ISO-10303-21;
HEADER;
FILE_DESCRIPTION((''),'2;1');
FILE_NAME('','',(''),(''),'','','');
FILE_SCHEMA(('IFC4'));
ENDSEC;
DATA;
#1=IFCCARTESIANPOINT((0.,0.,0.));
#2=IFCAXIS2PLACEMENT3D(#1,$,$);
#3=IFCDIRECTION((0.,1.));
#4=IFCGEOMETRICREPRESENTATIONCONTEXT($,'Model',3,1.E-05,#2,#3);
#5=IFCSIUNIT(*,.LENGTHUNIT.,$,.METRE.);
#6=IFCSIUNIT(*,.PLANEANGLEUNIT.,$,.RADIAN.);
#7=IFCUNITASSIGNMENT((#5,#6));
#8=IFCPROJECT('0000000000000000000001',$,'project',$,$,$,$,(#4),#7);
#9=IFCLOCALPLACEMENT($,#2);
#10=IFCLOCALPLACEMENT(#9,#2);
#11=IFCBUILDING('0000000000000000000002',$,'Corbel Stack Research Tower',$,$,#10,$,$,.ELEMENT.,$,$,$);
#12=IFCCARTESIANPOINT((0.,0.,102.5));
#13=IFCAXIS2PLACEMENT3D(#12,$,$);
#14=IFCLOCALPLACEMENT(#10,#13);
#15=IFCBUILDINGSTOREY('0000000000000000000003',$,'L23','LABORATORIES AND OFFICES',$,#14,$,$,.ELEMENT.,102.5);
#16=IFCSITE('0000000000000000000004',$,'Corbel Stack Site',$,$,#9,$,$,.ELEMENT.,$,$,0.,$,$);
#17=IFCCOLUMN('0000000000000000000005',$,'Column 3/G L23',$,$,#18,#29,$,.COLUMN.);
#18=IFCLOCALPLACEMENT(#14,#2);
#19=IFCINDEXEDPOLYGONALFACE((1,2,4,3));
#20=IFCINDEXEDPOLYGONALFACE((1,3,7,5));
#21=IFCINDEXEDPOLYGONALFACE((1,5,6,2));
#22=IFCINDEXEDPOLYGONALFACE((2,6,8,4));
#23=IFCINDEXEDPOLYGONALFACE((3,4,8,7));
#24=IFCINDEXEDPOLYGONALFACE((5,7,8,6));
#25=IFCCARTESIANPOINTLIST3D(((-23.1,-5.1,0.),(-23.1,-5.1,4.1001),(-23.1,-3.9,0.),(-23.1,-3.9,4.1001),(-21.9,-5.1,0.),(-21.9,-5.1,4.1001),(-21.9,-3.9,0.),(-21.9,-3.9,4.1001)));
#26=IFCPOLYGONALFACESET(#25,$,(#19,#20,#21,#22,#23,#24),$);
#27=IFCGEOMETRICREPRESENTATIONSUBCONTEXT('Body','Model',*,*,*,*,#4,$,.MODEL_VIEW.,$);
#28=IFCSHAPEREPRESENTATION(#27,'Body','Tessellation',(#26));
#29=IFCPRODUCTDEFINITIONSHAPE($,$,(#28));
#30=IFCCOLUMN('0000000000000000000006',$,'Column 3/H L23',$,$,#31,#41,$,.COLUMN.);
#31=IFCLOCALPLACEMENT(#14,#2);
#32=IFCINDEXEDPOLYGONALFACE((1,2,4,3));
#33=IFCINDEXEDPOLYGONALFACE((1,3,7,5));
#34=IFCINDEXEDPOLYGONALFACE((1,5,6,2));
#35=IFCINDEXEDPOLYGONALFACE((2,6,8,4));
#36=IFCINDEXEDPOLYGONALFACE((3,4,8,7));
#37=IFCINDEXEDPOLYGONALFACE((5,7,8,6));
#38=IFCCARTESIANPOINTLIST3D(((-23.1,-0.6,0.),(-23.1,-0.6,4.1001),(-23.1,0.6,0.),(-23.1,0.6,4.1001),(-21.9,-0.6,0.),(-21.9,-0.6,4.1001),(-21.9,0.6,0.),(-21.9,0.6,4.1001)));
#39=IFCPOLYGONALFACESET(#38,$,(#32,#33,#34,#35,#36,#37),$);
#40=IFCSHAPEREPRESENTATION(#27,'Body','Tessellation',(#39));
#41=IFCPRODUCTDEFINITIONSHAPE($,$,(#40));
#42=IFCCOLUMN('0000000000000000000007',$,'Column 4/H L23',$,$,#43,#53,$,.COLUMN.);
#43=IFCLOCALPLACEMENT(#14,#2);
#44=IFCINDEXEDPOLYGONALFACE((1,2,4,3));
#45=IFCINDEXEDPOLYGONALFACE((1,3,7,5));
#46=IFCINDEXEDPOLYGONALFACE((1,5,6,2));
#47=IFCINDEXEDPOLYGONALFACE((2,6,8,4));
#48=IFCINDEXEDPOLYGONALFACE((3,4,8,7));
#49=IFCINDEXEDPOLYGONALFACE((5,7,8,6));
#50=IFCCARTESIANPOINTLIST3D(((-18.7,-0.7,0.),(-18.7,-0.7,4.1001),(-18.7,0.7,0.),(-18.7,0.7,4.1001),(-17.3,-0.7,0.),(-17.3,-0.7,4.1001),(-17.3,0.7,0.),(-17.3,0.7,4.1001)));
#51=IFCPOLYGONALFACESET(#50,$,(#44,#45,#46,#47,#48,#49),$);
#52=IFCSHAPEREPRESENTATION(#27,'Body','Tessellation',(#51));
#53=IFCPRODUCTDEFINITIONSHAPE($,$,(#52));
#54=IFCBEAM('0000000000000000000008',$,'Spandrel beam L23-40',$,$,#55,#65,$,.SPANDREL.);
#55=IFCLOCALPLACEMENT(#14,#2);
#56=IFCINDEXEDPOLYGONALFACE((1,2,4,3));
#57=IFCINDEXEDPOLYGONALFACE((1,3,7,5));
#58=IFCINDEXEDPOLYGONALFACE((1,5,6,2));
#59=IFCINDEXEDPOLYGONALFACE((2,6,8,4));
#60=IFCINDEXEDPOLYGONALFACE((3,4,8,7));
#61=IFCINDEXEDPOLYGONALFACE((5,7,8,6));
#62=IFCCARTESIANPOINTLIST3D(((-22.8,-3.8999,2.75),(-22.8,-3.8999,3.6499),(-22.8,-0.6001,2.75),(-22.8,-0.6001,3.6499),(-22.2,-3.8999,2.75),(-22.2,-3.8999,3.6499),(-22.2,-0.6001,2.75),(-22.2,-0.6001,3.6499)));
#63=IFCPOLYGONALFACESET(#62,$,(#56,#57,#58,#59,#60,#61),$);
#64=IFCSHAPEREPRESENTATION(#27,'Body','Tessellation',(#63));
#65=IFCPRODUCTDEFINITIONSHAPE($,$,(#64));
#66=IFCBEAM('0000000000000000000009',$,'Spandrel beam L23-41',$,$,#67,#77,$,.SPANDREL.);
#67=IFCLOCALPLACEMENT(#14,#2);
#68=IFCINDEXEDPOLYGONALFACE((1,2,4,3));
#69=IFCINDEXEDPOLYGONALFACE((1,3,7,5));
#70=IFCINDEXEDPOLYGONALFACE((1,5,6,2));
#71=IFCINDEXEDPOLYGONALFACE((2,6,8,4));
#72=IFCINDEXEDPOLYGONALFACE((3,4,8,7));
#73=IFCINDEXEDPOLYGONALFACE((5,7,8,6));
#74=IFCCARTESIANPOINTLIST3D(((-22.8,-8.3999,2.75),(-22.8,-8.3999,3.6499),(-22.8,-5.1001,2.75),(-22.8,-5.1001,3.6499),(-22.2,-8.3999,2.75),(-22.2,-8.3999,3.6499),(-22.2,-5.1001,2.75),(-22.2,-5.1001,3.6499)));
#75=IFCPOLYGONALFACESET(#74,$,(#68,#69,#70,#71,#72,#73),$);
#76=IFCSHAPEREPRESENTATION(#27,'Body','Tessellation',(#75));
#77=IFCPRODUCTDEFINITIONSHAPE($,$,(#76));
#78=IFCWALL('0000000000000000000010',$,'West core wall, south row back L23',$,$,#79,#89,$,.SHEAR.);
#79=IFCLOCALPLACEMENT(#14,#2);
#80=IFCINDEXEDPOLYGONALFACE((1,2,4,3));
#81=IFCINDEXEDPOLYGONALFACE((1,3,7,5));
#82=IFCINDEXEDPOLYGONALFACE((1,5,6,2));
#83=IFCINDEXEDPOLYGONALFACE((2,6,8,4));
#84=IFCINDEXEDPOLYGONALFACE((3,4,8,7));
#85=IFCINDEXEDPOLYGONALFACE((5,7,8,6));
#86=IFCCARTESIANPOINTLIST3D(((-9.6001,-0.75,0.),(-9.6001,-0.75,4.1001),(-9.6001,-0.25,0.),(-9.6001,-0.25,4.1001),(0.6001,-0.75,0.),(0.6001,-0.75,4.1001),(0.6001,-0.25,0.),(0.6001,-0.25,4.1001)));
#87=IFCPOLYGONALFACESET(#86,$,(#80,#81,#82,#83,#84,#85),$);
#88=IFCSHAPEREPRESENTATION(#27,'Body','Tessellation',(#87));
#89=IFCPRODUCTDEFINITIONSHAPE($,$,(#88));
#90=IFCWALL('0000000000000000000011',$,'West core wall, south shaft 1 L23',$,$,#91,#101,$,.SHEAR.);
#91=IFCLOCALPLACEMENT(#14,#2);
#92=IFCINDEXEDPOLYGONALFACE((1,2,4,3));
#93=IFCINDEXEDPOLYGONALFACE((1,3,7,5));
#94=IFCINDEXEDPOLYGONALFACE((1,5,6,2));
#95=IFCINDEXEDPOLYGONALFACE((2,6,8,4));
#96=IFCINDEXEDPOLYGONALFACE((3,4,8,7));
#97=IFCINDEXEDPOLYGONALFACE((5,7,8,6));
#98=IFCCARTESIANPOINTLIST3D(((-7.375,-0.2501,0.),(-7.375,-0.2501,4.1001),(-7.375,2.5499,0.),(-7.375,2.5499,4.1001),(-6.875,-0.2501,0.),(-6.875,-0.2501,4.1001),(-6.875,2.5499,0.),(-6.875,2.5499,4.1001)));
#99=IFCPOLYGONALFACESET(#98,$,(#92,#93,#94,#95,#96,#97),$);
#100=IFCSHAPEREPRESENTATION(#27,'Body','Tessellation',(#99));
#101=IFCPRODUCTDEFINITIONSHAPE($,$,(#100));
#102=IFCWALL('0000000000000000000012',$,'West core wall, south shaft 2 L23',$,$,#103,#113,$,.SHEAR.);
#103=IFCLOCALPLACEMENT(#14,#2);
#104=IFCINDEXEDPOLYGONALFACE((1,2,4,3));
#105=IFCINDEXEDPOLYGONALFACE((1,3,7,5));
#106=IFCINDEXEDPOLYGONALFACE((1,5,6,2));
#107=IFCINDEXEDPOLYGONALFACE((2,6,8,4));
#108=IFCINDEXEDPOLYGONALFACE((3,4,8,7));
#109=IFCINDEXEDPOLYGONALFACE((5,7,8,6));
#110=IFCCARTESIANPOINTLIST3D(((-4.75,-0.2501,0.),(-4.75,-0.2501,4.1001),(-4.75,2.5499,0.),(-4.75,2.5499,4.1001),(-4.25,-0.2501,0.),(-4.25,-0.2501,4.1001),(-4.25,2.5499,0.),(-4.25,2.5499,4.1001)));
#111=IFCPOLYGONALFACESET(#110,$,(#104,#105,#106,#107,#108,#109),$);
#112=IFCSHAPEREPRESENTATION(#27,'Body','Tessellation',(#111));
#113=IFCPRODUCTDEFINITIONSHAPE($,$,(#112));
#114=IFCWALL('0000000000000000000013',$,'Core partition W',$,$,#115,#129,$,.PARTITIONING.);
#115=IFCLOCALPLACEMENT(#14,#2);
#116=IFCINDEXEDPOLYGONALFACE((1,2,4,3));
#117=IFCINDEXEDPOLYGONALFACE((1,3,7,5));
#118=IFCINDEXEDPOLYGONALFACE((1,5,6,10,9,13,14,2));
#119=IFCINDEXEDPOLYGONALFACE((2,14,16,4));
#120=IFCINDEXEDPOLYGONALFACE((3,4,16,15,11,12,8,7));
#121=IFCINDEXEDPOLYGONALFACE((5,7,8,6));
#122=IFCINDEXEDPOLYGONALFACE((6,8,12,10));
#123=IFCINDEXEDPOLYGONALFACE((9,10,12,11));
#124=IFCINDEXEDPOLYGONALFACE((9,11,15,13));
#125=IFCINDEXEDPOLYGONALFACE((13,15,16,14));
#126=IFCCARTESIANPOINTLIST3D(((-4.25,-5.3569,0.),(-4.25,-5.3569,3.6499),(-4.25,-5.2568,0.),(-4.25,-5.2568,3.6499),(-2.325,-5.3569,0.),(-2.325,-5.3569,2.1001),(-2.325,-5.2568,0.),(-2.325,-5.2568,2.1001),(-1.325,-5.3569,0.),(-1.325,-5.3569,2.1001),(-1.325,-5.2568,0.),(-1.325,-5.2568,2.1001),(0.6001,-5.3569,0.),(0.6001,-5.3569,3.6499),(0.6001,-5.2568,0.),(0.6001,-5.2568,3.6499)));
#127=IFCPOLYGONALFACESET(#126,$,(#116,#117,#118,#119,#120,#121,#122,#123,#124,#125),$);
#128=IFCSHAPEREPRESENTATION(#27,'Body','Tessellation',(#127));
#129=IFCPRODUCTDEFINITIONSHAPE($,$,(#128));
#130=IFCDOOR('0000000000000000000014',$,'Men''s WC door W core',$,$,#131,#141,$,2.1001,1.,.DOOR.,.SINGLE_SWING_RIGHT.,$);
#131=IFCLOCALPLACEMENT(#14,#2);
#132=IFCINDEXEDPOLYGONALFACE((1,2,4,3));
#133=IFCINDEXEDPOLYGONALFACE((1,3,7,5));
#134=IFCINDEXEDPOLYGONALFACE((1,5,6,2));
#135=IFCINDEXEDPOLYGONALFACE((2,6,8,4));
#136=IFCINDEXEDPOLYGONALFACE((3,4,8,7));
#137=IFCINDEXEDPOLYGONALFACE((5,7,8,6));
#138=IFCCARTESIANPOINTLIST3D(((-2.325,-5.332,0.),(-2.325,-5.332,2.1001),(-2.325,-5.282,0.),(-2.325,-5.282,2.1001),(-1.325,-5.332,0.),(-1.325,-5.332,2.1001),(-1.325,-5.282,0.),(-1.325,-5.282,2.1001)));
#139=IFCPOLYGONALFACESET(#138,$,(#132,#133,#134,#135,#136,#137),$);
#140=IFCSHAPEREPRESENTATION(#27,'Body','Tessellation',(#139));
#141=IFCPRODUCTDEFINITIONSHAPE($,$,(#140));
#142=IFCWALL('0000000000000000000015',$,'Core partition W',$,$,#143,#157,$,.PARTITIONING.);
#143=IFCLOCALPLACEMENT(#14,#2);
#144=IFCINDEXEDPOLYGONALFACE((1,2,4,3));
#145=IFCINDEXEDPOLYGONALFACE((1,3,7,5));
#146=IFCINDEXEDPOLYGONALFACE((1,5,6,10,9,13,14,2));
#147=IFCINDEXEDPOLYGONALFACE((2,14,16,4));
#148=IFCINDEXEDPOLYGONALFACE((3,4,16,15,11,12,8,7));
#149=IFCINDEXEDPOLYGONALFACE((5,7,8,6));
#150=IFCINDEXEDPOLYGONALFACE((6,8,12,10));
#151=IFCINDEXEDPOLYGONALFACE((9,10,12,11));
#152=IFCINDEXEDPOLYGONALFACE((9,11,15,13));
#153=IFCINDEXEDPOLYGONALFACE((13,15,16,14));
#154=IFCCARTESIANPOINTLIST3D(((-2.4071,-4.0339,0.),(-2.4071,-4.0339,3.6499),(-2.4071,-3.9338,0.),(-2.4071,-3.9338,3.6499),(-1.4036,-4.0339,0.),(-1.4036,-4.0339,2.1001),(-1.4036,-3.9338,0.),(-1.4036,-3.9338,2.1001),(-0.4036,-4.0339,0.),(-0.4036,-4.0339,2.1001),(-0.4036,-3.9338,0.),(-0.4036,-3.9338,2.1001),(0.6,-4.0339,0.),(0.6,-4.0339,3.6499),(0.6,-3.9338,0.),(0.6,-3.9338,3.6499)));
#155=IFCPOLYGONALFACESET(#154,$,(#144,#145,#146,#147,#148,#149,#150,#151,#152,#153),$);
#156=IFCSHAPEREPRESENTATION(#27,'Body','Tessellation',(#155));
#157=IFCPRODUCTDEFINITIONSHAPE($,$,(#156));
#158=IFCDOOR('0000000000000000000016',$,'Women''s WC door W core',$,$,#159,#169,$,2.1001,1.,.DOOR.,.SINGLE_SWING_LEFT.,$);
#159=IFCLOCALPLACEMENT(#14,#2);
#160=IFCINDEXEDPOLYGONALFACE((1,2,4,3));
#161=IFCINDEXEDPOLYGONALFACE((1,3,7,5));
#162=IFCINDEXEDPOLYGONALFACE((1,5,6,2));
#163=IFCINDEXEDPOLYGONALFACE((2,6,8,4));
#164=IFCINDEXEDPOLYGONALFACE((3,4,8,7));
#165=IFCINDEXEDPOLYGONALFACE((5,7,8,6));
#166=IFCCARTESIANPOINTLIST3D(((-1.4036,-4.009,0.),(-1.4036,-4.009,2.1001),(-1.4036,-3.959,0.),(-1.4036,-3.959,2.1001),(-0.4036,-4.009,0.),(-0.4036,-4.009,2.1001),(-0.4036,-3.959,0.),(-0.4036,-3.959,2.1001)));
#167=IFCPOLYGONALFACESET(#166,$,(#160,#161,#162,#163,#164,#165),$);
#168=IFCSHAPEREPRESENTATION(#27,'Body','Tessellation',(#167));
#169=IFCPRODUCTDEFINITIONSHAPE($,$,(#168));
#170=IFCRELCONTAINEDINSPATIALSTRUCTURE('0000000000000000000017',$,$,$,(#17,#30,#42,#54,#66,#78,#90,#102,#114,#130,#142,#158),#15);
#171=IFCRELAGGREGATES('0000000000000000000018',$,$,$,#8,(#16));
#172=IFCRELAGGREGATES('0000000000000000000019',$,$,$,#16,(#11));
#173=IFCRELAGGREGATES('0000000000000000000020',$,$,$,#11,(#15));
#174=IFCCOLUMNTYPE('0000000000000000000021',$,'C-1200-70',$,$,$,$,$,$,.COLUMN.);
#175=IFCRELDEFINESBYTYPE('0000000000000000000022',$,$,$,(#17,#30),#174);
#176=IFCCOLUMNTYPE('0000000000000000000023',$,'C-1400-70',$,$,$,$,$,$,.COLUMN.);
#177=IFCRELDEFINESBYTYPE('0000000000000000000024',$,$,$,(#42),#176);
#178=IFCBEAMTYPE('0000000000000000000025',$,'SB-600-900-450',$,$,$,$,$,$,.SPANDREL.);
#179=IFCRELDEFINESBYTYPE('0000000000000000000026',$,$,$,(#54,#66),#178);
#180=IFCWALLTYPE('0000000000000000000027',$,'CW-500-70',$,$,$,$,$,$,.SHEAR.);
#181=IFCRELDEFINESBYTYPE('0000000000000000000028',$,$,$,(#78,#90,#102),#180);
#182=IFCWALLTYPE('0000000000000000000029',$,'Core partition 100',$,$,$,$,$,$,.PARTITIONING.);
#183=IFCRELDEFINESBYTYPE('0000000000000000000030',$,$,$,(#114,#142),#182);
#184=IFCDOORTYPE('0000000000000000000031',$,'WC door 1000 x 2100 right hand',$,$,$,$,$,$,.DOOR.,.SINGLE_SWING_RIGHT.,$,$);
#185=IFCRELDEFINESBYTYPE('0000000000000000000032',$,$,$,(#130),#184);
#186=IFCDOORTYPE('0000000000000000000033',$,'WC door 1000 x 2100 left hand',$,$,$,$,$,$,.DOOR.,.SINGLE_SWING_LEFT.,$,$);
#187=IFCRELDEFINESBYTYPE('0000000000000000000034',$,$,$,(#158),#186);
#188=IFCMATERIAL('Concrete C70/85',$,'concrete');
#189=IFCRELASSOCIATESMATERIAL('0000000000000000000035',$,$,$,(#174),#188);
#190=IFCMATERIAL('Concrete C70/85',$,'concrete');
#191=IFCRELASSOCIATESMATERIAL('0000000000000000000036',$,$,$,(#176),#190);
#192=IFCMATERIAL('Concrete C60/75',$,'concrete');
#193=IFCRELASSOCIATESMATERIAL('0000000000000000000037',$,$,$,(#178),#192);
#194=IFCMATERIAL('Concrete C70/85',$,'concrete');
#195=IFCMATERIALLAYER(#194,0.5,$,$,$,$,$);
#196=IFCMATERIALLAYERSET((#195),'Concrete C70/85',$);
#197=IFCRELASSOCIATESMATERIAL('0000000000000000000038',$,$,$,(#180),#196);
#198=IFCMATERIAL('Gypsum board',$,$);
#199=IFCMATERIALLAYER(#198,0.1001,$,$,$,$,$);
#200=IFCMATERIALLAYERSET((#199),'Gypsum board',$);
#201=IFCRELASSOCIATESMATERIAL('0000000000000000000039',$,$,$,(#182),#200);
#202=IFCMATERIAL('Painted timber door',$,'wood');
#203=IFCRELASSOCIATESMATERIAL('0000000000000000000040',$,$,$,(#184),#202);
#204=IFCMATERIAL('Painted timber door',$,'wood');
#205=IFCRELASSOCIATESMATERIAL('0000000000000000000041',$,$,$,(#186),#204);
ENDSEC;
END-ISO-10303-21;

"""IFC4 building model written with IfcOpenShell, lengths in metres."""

from ifc_helpers import new_model, si_unit, direction, frame, frame_2d, origin, origin_2d, place, context, subcontext, project, spatial, rectangle, extrude, material, layer, layer_set, material_profile, profile_set, type_object, element, fill, save


model = new_model("IFC4")

# Units and contexts
model_context = context("Model", 3, precision=1e-05, world=origin(), true_north=direction((0.0, 1.0)))
body_context = subcontext(model_context, "Body", "Model", "MODEL_VIEW")
ifc_project = project(units=[si_unit("LENGTHUNIT", "METRE"), si_unit("PLANEANGLEUNIT", "RADIAN")], contexts=[model_context])

# Site, building, storey
site_placement = place(None, origin())
site = spatial("IfcSite", under=ifc_project, at=site_placement, Name="Corbel Stack Site", CompositionType="ELEMENT", RefElevation=0.0)
building_placement = place(site_placement, origin())
building = spatial("IfcBuilding", under=site, at=building_placement, Name="Corbel Stack Research Tower", CompositionType="ELEMENT")
storey_placement = place(building_placement, frame((0.0, 0.0, 102.5)))
storey = spatial("IfcBuildingStorey", under=building, at=storey_placement, Name="L23", Description="LABORATORIES AND OFFICES", CompositionType="ELEMENT", Elevation=102.5)

# Columns
ifc_material_1 = material(Name="Concrete C70/85", Category="concrete")
ifc_material_profile_1 = material_profile(ifc_material_1, rectangle(XDim=1.2, YDim=1.2, at=origin_2d()), Name="RC 1200 x 1200")
ifc_profile_set_1 = profile_set([ifc_material_profile_1], Name="Concrete C70/85")
column_type_1 = type_object("IfcColumnType", Name="C-1200-70", PredefinedType="COLUMN", material=ifc_profile_set_1)
for number, where, z_axis, x_axis, name in (
    (1, (-22.5, -4.5, 0.0), (0.0, 0.0, 1.0), (1.0, 0.0, 0.0), "Column 3/G L23"),
    (2, (-22.5, 0.0, 0.0), (0.0, 0.0, 1.0), (1.0, 0.0, 0.0), "Column 3/H L23"),
):
    element("IfcColumn", number, at=place(storey_placement, frame(where, z_axis=z_axis, x_axis=x_axis)), inside=storey, type_object=column_type_1, Name=name, PredefinedType="COLUMN", context=body_context, shape_type="SweptSolid", body=[
        extrude(rectangle(XDim=1.2, YDim=1.2, at=origin_2d()), origin(), (0.0, 0.0, 1.0), 4.1001),
    ])
ifc_material_2 = material(Name="Concrete C70/85", Category="concrete")
ifc_material_profile_2 = material_profile(ifc_material_2, rectangle(XDim=1.3999, YDim=1.3999, at=origin_2d()), Name="RC 1400 x 1400")
ifc_profile_set_2 = profile_set([ifc_material_profile_2], Name="Concrete C70/85")
column_type_2 = type_object("IfcColumnType", Name="C-1400-70", PredefinedType="COLUMN", material=ifc_profile_set_2)
column_placement = place(storey_placement, frame((-18.0, 0.0, 0.0), z_axis=(0.0, 0.0, 1.0), x_axis=(1.0, 0.0, 0.0)))
element("IfcColumn", 3, at=column_placement, inside=storey, type_object=column_type_2, Name="Column 4/H L23", PredefinedType="COLUMN", context=body_context, shape_type="SweptSolid", body=[
    extrude(rectangle(XDim=1.3999, YDim=1.3999, at=origin_2d()), origin(), (0.0, 0.0, 1.0), 4.1001),
])

# Beams
ifc_material_3 = material(Name="Concrete C60/75", Category="concrete")
ifc_material_profile_3 = material_profile(ifc_material_3, rectangle(XDim=0.6001, YDim=0.8999, at=origin_2d()), Name="RC 600 x 900")
ifc_profile_set_3 = profile_set([ifc_material_profile_3], Name="Concrete C60/75")
beam_type = type_object("IfcBeamType", Name="SB-600-900-450", PredefinedType="SPANDREL", material=ifc_profile_set_3)
for number, where, z_axis, x_axis, name in (
    (4, (-22.5, -0.6001, 3.2), (0.0, -1.0, 0.0), (1.0, 0.0, 0.0), "Spandrel beam L23-40"),
    (5, (-22.5, -5.1001, 3.2), (0.0, -1.0, 0.0), (1.0, 0.0, 0.0), "Spandrel beam L23-41"),
):
    element("IfcBeam", number, at=place(storey_placement, frame(where, z_axis=z_axis, x_axis=x_axis)), inside=storey, type_object=beam_type, Name=name, PredefinedType="SPANDREL", context=body_context, shape_type="SweptSolid", body=[
        extrude(rectangle(XDim=0.6001, YDim=0.8999, at=origin_2d()), origin(), (0.0, 0.0, 1.0), 3.2998),
    ])

# Walls
ifc_material_4 = material(Name="Concrete C70/85", Category="concrete")
ifc_layer_1 = layer(ifc_material_4, 0.5)
ifc_layer_set_1 = layer_set([ifc_layer_1], Name="Concrete C70/85")
wall_type_1 = type_object("IfcWallType", Name="CW-500-70", PredefinedType="SHEAR", material=ifc_layer_set_1)
wall_1_placement = place(storey_placement, frame((-9.6001, -0.5, 0.0), z_axis=(0.0, 0.0, 1.0), x_axis=(1.0, 0.0, 0.0)))
element("IfcWall", 6, at=wall_1_placement, inside=storey, type_object=wall_type_1, Name="West core wall, south row back L23", PredefinedType="SHEAR", context=body_context, shape_type="SweptSolid", body=[
    extrude(rectangle(XDim=10.2002, YDim=0.5, at=frame_2d((5.1001, 0.0))), origin(), (0.0, 0.0, 1.0), 4.1001),
])
for number, where, z_axis, x_axis, name in (
    (7, (-7.125, -0.25, 0.0), (0.0, 0.0, 1.0), (0.0, 1.0, 0.0), "West core wall, south shaft 1 L23"),
    (8, (-4.5, -0.25, 0.0), (0.0, 0.0, 1.0), (0.0, 1.0, 0.0), "West core wall, south shaft 2 L23"),
):
    element("IfcWall", number, at=place(storey_placement, frame(where, z_axis=z_axis, x_axis=x_axis)), inside=storey, type_object=wall_type_1, Name=name, PredefinedType="SHEAR", context=body_context, shape_type="SweptSolid", body=[
        extrude(rectangle(XDim=2.8, YDim=0.5, at=frame_2d((1.3999, 0.0))), origin(), (0.0, 0.0, 1.0), 4.1001),
    ])

# Walls, openings, doors
ifc_material_5 = material(Name="Gypsum board")
ifc_layer_2 = layer(ifc_material_5, 0.1001)
ifc_layer_set_2 = layer_set([ifc_layer_2], Name="Gypsum board")
wall_type_2 = type_object("IfcWallType", Name="Core partition 100", PredefinedType="PARTITIONING", material=ifc_layer_set_2)
wall_2_placement = place(storey_placement, frame((-4.25, -5.3069, 0.0), z_axis=(0.0, 0.0, 1.0), x_axis=(1.0, 0.0, 0.0)))
wall_2 = element("IfcWall", 9, at=wall_2_placement, inside=storey, type_object=wall_type_2, Name="Core partition W", PredefinedType="PARTITIONING", context=body_context, shape_type="SweptSolid", body=[
    extrude(rectangle(XDim=4.8501, YDim=0.1001, at=frame_2d((2.425, 0.0))), origin(), (0.0, 0.0, 1.0), 3.6499),
])
opening_1_placement = place(wall_2_placement, frame((1.925, 0.0, 0.0)))
opening_1 = element("IfcOpeningElement", 10, at=opening_1_placement, cuts=wall_2, PredefinedType="OPENING", context=body_context, shape_type="SweptSolid", body=[
    extrude(rectangle(XDim=1.0, YDim=2.1001, at=frame_2d((0.5, 1.05))), frame((0.0, 0.0601, 0.0), z_axis=(0.0, -1.0, 0.0), x_axis=(1.0, 0.0, 0.0)), (0.0, 0.0, 1.0), 0.1201),
])
ifc_material_6 = material(Name="Painted timber door", Category="wood")
door_type_1 = type_object("IfcDoorType", Name="WC door 1000 x 2100 right hand", OperationType="SINGLE_SWING_RIGHT", PredefinedType="DOOR", material=ifc_material_6)
door_1_placement = place(opening_1_placement, origin())
door_1 = element("IfcDoor", 11, at=door_1_placement, inside=storey, type_object=door_type_1, Name="Men's WC door W core", OperationType="SINGLE_SWING_RIGHT", OverallHeight=2.1001, OverallWidth=1.0, PredefinedType="DOOR", context=body_context, shape_type="SweptSolid", body=[
    extrude(rectangle(XDim=1.0, YDim=2.1001, at=frame_2d((0.5, 1.05))), frame((0.0, 0.0249, 0.0), z_axis=(0.0, -1.0, 0.0), x_axis=(1.0, 0.0, 0.0)), (0.0, 0.0, 1.0), 0.05),
])
fill(opening_1, door_1)
wall_3_placement = place(storey_placement, frame((-2.407, -3.9839, 0.0), z_axis=(0.0, 0.0, 1.0), x_axis=(1.0, 0.0, 0.0)))
wall_3 = element("IfcWall", 12, at=wall_3_placement, inside=storey, type_object=wall_type_2, Name="Core partition W", PredefinedType="PARTITIONING", context=body_context, shape_type="SweptSolid", body=[
    extrude(rectangle(XDim=3.0071, YDim=0.1001, at=frame_2d((1.5034, 0.0))), origin(), (0.0, 0.0, 1.0), 3.6499),
])
opening_2_placement = place(wall_3_placement, frame((1.0034, 0.0, 0.0)))
opening_2 = element("IfcOpeningElement", 13, at=opening_2_placement, cuts=wall_3, PredefinedType="OPENING", context=body_context, shape_type="SweptSolid", body=[
    extrude(rectangle(XDim=1.0, YDim=2.1001, at=frame_2d((0.5, 1.05))), frame((0.0, 0.0601, 0.0), z_axis=(0.0, -1.0, 0.0), x_axis=(1.0, 0.0, 0.0)), (0.0, 0.0, 1.0), 0.1201),
])
ifc_material_7 = material(Name="Painted timber door", Category="wood")
door_type_2 = type_object("IfcDoorType", Name="WC door 1000 x 2100 left hand", OperationType="SINGLE_SWING_LEFT", PredefinedType="DOOR", material=ifc_material_7)
door_2_placement = place(opening_2_placement, origin())
door_2 = element("IfcDoor", 14, at=door_2_placement, inside=storey, type_object=door_type_2, Name="Women's WC door W core", OperationType="SINGLE_SWING_LEFT", OverallHeight=2.1001, OverallWidth=1.0, PredefinedType="DOOR", context=body_context, shape_type="SweptSolid", body=[
    extrude(rectangle(XDim=1.0, YDim=2.1001, at=frame_2d((0.5, 1.05))), frame((0.0, 0.0249, 0.0), z_axis=(0.0, -1.0, 0.0), x_axis=(1.0, 0.0, 0.0)), (0.0, 0.0, 1.0), 0.05),
])
fill(opening_2, door_2)

save(model, "model.ifc")
